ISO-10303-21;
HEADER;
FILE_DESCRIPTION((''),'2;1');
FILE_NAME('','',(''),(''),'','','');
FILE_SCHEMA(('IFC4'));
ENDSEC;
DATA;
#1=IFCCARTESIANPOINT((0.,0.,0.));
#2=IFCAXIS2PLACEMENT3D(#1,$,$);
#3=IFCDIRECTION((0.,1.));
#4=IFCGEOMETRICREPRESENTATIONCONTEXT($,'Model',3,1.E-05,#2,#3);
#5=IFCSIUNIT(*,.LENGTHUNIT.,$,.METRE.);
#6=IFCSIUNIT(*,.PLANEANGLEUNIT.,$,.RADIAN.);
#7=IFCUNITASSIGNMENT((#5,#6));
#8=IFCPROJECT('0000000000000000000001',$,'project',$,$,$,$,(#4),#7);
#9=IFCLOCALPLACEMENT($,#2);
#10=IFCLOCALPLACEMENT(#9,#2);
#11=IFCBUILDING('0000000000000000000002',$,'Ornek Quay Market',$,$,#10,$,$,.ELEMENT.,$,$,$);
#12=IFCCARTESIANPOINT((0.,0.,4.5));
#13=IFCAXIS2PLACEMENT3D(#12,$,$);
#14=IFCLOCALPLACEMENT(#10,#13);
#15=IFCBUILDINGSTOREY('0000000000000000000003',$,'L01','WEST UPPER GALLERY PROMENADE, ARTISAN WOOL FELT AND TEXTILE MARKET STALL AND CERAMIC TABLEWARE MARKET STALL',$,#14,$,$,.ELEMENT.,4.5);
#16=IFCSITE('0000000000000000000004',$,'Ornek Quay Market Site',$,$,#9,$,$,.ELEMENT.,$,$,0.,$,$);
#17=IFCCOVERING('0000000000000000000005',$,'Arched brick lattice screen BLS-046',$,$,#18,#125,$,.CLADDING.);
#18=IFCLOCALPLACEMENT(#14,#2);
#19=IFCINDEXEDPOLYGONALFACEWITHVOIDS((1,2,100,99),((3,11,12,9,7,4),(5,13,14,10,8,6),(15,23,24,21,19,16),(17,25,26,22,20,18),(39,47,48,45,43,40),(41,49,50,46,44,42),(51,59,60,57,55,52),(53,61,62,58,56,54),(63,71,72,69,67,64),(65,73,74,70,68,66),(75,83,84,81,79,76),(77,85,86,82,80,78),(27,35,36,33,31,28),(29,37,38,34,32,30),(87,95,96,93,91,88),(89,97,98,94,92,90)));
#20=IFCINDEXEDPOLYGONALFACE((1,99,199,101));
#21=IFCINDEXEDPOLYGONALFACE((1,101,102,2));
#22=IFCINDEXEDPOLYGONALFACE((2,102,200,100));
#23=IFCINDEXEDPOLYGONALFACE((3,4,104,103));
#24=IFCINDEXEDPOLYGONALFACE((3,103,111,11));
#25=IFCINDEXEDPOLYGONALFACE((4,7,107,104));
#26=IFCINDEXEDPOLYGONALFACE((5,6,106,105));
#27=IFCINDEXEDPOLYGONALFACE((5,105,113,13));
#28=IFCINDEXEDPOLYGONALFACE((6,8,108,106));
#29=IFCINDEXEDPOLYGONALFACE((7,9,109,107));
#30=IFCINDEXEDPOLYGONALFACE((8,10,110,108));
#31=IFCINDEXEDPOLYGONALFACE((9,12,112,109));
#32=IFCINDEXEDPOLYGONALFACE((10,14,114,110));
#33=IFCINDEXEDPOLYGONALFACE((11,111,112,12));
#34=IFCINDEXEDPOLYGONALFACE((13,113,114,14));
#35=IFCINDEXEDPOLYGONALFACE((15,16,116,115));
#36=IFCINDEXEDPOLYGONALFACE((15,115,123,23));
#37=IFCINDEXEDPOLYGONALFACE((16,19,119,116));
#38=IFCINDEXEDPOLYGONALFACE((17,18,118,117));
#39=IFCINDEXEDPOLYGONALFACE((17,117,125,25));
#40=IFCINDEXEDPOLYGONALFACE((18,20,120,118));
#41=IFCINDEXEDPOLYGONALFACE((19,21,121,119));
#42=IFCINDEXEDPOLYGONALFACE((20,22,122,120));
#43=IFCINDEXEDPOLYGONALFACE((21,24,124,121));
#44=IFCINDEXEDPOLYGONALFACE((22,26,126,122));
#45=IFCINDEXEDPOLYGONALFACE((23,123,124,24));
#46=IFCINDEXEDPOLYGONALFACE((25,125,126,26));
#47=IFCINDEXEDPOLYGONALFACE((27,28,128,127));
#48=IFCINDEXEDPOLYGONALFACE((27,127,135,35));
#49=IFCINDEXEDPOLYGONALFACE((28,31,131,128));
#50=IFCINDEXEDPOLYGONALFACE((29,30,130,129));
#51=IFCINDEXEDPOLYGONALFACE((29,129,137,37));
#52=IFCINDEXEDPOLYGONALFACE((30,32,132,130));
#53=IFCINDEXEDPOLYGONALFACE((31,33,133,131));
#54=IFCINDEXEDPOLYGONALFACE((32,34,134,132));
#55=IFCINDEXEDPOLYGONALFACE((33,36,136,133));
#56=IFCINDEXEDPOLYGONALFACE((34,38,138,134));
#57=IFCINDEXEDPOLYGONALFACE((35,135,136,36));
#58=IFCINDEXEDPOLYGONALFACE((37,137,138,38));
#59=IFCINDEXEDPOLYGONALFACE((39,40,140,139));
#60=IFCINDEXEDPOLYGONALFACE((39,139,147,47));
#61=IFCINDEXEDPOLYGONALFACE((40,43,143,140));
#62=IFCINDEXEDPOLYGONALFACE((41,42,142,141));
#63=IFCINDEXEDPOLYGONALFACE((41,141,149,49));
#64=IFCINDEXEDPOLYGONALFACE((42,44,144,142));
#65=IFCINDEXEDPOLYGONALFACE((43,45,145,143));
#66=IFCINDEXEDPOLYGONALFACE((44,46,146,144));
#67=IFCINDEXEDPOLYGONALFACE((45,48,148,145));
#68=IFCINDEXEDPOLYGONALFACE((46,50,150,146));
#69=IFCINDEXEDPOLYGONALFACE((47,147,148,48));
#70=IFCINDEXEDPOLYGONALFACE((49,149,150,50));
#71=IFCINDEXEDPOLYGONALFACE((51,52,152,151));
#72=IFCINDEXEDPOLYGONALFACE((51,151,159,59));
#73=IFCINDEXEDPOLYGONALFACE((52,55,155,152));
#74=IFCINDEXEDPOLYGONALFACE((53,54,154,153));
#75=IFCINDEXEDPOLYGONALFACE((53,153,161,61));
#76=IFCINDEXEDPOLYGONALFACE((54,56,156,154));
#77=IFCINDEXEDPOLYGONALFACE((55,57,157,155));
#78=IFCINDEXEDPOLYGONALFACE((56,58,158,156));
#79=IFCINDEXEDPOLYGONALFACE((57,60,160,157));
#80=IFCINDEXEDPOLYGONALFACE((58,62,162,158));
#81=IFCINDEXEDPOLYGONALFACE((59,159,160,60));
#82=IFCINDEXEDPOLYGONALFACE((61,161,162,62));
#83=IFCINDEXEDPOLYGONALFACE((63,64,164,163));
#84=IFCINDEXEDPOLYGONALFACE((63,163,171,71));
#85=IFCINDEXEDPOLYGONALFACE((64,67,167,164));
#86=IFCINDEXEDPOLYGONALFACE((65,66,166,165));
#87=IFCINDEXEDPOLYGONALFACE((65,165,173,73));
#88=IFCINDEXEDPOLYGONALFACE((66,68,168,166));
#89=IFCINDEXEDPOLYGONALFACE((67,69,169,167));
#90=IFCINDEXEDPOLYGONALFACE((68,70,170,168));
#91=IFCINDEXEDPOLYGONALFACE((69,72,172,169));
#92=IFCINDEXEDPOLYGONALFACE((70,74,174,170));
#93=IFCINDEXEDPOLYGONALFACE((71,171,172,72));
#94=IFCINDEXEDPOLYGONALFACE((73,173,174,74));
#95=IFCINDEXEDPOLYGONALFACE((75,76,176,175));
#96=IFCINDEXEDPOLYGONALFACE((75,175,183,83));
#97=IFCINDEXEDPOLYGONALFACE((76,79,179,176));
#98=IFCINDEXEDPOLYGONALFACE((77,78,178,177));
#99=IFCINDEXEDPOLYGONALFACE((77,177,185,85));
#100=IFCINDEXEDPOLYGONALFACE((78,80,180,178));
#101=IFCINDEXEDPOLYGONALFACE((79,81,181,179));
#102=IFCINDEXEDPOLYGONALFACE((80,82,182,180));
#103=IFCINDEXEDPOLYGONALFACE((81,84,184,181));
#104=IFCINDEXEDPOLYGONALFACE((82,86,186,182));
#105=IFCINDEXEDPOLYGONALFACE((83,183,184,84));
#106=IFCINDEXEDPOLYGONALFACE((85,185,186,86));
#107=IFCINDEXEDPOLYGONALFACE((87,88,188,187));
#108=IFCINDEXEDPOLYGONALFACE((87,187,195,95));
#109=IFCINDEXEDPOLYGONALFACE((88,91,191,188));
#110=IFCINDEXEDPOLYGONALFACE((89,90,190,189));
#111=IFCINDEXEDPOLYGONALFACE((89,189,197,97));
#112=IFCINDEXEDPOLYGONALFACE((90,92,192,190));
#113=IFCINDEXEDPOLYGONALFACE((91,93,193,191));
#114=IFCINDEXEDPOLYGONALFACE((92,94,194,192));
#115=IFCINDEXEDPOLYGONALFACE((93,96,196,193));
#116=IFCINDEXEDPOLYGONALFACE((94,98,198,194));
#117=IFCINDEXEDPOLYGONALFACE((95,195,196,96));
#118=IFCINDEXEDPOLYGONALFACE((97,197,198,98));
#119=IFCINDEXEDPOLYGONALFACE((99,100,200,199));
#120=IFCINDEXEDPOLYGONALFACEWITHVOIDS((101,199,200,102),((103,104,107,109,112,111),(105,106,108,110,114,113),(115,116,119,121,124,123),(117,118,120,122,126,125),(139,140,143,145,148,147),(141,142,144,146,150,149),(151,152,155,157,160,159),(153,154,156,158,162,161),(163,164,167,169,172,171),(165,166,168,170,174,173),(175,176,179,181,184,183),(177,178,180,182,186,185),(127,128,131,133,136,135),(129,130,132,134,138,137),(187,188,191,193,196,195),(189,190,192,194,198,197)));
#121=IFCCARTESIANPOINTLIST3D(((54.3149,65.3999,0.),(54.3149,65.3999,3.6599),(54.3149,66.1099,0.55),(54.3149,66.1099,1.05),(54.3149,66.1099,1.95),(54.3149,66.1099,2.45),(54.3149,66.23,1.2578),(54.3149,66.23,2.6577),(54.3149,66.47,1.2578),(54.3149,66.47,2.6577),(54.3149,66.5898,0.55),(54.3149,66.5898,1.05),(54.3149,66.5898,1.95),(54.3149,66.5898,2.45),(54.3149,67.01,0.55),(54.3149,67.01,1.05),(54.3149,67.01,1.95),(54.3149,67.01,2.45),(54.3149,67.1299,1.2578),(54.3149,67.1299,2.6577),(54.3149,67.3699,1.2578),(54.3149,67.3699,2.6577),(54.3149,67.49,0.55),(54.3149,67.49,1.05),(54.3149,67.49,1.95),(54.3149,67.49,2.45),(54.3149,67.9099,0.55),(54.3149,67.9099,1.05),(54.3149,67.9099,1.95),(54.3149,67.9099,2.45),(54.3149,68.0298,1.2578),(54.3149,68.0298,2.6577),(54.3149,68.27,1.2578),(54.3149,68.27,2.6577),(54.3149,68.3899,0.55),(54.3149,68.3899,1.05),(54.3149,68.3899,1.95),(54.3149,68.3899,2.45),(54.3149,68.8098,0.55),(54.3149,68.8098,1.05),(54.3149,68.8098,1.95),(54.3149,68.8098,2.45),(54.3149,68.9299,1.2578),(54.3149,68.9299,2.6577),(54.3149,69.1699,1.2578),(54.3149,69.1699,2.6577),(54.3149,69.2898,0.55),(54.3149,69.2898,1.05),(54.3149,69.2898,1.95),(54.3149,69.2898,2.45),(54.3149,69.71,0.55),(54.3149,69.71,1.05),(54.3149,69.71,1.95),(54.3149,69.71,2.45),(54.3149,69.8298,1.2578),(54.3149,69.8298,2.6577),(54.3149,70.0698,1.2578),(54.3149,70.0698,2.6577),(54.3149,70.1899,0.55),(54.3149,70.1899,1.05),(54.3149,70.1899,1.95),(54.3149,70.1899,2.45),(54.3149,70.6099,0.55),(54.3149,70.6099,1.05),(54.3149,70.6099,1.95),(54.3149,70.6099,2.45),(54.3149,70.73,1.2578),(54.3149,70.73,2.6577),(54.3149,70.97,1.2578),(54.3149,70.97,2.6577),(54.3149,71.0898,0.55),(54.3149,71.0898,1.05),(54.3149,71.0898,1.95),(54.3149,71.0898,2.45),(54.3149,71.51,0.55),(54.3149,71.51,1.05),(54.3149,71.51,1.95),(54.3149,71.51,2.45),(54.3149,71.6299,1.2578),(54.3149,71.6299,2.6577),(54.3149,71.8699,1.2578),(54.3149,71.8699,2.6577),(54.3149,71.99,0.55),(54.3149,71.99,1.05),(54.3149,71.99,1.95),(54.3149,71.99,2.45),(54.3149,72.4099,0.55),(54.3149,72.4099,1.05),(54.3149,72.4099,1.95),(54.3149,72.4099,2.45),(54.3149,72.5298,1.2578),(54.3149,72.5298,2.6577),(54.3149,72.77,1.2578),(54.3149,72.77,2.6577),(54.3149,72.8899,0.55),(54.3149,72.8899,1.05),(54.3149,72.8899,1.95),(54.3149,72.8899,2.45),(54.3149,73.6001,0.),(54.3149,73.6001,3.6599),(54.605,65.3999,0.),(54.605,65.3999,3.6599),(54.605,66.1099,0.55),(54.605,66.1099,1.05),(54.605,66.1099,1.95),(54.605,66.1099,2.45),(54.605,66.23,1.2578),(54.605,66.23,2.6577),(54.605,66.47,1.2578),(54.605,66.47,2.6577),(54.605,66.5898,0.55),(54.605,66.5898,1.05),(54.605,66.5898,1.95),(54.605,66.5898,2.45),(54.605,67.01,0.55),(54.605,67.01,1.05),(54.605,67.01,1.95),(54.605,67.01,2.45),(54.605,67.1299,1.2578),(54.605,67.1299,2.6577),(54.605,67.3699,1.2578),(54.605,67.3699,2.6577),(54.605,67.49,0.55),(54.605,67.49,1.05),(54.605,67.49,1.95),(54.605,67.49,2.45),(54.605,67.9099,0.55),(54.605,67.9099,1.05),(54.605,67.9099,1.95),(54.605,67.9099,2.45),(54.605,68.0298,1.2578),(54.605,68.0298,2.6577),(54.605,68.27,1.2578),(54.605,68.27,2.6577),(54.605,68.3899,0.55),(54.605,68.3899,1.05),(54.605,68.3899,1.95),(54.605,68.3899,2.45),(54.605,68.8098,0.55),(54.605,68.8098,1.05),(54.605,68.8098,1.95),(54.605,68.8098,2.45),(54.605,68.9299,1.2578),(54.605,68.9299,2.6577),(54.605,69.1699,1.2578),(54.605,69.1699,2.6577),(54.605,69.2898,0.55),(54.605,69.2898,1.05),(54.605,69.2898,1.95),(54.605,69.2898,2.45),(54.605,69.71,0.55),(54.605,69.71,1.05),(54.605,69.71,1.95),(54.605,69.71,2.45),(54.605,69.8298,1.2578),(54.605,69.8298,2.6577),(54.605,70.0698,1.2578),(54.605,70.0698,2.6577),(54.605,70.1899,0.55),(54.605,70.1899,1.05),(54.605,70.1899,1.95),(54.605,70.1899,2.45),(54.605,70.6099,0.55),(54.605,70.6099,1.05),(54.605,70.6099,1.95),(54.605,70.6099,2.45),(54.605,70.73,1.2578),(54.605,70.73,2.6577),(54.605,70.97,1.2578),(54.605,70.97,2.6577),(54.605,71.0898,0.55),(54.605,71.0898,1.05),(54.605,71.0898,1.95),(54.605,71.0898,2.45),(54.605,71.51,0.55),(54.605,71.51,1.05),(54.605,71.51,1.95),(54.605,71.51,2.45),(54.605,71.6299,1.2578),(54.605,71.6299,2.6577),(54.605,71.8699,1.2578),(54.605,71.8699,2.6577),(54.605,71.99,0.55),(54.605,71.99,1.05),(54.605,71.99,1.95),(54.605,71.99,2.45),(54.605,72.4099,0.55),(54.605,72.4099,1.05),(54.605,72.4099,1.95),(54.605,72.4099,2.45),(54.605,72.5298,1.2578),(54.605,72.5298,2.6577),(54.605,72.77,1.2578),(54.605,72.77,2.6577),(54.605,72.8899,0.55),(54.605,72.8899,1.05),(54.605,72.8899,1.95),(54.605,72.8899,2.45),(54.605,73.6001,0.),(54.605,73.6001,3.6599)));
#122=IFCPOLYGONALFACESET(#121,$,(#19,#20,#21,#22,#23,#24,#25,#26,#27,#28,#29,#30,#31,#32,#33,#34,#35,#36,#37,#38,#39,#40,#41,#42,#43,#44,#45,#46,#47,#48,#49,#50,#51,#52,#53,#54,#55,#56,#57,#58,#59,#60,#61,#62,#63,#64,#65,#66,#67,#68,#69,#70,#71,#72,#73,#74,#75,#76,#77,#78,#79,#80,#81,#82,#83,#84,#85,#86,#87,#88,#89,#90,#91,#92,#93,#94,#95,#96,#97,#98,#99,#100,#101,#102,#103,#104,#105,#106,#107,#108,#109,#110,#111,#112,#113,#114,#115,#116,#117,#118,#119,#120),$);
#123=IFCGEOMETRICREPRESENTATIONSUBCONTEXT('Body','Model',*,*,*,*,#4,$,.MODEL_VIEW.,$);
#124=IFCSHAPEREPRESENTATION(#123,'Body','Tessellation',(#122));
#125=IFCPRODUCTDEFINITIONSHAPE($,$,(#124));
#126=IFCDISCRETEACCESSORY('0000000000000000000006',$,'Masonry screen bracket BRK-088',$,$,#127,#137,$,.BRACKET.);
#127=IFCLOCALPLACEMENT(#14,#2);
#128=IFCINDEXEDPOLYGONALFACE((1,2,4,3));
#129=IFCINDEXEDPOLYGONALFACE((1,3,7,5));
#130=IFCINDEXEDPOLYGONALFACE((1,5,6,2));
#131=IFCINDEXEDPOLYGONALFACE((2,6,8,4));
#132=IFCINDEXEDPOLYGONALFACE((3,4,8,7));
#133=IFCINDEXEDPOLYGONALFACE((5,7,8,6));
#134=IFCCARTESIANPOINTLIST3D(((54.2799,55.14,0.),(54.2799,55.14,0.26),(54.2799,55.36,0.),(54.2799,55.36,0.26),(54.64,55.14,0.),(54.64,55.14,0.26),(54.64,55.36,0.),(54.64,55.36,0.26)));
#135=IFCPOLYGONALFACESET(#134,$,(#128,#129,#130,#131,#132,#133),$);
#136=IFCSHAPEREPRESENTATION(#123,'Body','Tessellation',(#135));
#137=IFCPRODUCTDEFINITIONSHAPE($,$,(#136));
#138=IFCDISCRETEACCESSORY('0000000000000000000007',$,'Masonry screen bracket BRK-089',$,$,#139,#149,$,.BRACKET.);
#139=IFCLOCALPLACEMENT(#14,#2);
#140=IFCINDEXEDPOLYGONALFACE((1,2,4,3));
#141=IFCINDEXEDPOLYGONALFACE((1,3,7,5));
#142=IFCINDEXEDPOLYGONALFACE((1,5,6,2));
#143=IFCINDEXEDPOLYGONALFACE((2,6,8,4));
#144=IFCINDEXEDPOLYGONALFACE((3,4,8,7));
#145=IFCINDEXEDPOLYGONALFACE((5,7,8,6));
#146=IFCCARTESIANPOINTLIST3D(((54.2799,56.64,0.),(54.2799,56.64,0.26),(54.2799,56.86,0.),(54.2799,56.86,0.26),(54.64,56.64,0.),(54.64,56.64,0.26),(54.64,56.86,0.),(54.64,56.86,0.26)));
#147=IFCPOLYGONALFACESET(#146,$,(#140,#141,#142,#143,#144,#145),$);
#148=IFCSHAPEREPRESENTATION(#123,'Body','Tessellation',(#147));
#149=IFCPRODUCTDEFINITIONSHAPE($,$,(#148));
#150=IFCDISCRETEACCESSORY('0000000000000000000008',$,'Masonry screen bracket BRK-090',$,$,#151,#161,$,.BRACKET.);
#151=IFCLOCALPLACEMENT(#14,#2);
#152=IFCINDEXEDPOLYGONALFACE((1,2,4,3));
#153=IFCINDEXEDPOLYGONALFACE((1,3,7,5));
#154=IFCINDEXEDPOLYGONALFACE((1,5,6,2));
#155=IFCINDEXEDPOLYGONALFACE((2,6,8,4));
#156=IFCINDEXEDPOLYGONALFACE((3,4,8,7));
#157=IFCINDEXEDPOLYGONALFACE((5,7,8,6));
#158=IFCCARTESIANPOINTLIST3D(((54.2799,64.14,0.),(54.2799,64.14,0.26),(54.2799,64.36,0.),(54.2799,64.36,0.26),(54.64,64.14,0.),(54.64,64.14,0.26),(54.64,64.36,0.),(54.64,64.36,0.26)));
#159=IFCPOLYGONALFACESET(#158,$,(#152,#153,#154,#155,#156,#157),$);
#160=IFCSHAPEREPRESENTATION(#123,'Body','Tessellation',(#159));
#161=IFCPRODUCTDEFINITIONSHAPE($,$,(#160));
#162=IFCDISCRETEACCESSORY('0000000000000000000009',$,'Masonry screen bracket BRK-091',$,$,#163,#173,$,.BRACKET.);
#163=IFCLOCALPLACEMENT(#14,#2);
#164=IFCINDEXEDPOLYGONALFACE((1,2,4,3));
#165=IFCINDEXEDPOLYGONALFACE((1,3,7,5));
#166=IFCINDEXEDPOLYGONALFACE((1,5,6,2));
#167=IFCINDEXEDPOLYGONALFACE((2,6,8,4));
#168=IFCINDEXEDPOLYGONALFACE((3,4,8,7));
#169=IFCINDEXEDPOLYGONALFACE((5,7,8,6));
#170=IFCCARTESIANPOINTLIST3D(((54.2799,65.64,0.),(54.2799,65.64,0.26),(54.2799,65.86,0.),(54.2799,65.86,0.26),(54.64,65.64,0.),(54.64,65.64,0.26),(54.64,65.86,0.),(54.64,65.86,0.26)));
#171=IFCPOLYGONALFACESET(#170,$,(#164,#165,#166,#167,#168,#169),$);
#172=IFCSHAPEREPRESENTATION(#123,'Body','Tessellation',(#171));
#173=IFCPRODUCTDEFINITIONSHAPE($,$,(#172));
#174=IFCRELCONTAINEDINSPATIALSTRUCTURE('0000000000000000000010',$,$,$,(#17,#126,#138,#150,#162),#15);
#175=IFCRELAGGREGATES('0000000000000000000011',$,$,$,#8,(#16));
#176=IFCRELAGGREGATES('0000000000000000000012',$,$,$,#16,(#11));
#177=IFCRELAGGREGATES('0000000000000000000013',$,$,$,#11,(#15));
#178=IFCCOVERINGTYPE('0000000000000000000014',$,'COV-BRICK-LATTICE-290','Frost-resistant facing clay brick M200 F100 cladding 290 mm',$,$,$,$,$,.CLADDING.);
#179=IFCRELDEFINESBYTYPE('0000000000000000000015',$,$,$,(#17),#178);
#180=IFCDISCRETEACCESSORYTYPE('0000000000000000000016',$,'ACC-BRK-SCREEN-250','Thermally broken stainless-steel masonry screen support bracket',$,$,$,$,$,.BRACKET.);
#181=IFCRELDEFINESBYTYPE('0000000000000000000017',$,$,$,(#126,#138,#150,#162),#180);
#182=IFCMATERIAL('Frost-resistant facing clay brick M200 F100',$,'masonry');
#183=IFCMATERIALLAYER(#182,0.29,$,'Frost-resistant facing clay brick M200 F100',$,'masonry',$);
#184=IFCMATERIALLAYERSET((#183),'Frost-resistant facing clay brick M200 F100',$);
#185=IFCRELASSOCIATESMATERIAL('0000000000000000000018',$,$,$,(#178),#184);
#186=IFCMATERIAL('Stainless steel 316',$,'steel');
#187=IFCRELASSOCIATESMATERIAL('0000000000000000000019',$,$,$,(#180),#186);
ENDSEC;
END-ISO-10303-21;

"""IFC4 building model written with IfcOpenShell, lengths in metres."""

from ifc_helpers import new_model, si_unit, direction, frame, origin, origin_2d, place, context, subcontext, project, spatial, polyline, rectangle, outline, extrude, material, layer, layer_set, type_object, element, save


model = new_model("IFC4")

# Units and contexts
model_context = context("Model", 3, precision=1e-05, world=origin(), true_north=direction((0.0, 1.0)))
body_context = subcontext(model_context, "Body", "Model", "MODEL_VIEW")
ifc_project = project(units=[si_unit("LENGTHUNIT", "METRE"), si_unit("PLANEANGLEUNIT", "RADIAN")], contexts=[model_context])

# Site, building, storey
site_placement = place(None, origin())
site = spatial("IfcSite", under=ifc_project, at=site_placement, Name="Ornek Quay Market Site", CompositionType="ELEMENT", RefElevation=0.0)
building_placement = place(site_placement, origin())
building = spatial("IfcBuilding", under=site, at=building_placement, Name="Ornek Quay Market", CompositionType="ELEMENT")
storey_placement = place(building_placement, frame((0.0, 0.0, 4.5)))
storey = spatial("IfcBuildingStorey", under=building, at=storey_placement, Name="L01", Description="WEST UPPER GALLERY PROMENADE, ARTISAN WOOL FELT AND TEXTILE MARKET STALL AND CERAMIC TABLEWARE MARKET STALL", CompositionType="ELEMENT", Elevation=4.5)

# Shared definitions
ifc_material_1 = material(Name="Frost-resistant facing clay brick M200 F100", Category="masonry")

# Covering
ifc_layer_1 = layer(ifc_material_1, 0.29, Name="Frost-resistant facing clay brick M200 F100", Category="masonry")
ifc_layer_set_1 = layer_set([ifc_layer_1], Name="Frost-resistant facing clay brick M200 F100")
covering_type = type_object("IfcCoveringType", Name="COV-BRICK-LATTICE-290", Description="Frost-resistant facing clay brick M200 F100 cladding 290 mm", PredefinedType="CLADDING", material=ifc_layer_set_1)
covering_1_placement = place(storey_placement, frame((54.46, 65.3999, 0.0), z_axis=(0.0, 0.0, 1.0), x_axis=(0.0, 1.0, 0.0)))
element("IfcCovering", 1, at=covering_1_placement, inside=storey, type_object=covering_type, Name="Arched brick lattice screen BLS-046", PredefinedType="CLADDING", context=body_context, shape_type="SweptSolid", body=[
    extrude(outline(polyline([(0.0, 0.0), (8.2002, 0.0), (8.2002, 3.6599), (0.0, 3.6599), (0.0, 0.0)]), holes=[polyline([(0.71, 0.55), (1.1899, 0.55), (1.1899, 1.05), (1.0701, 1.2578), (0.8301, 1.2578), (0.71, 1.05), (0.71, 0.55)]), polyline([(0.71, 1.95), (1.1899, 1.95), (1.1899, 2.45), (1.0701, 2.6577), (0.8301, 2.6577), (0.71, 2.45), (0.71, 1.95)]), polyline([(1.6101, 0.55), (2.0901, 0.55), (2.0901, 1.05), (1.97, 1.2578), (1.73, 1.2578), (1.6101, 1.05), (1.6101, 0.55)]), polyline([(1.6101, 1.95), (2.0901, 1.95), (2.0901, 2.45), (1.97, 2.6577), (1.73, 2.6577), (1.6101, 2.45), (1.6101, 1.95)]), polyline([(2.51, 0.55), (2.99, 0.55), (2.99, 1.05), (2.8701, 1.2578), (2.6299, 1.2578), (2.51, 1.05), (2.51, 0.55)]), polyline([(2.51, 1.95), (2.99, 1.95), (2.99, 2.45), (2.8701, 2.6577), (2.6299, 2.6577), (2.51, 2.45), (2.51, 1.95)]), polyline([(3.4099, 0.55), (3.8899, 0.55), (3.8899, 1.05), (3.77, 1.2578), (3.53, 1.2578), (3.4099, 1.05), (3.4099, 0.55)]), polyline([(3.4099, 1.95), (3.8899, 1.95), (3.8899, 2.45), (3.77, 2.6577), (3.53, 2.6577), (3.4099, 2.45), (3.4099, 1.95)]), polyline([(4.3101, 0.55), (4.79, 0.55), (4.79, 1.05), (4.6699, 1.2578), (4.4299, 1.2578), (4.3101, 1.05), (4.3101, 0.55)]), polyline([(4.3101, 1.95), (4.79, 1.95), (4.79, 2.45), (4.6699, 2.6577), (4.4299, 2.6577), (4.3101, 2.45), (4.3101, 1.95)]), polyline([(5.21, 0.55), (5.6899, 0.55), (5.6899, 1.05), (5.5701, 1.2578), (5.3301, 1.2578), (5.21, 1.05), (5.21, 0.55)]), polyline([(5.21, 1.95), (5.6899, 1.95), (5.6899, 2.45), (5.5701, 2.6577), (5.3301, 2.6577), (5.21, 2.45), (5.21, 1.95)]), polyline([(6.1101, 0.55), (6.5901, 0.55), (6.5901, 1.05), (6.47, 1.2578), (6.23, 1.2578), (6.1101, 1.05), (6.1101, 0.55)]), polyline([(6.1101, 1.95), (6.5901, 1.95), (6.5901, 2.45), (6.47, 2.6577), (6.23, 2.6577), (6.1101, 2.45), (6.1101, 1.95)]), polyline([(7.01, 0.55), (7.49, 0.55), (7.49, 1.05), (7.3701, 1.2578), (7.1299, 1.2578), (7.01, 1.05), (7.01, 0.55)]), polyline([(7.01, 1.95), (7.49, 1.95), (7.49, 2.45), (7.3701, 2.6577), (7.1299, 2.6577), (7.01, 2.45), (7.01, 1.95)])]), frame((0.0, 0.145, 0.0), z_axis=(0.0, -1.0, 0.0), x_axis=(1.0, 0.0, 0.0)), (0.0, 0.0, 1.0), 0.29),
])

# Discrete accessories
ifc_material_2 = material(Name="Stainless steel 316", Category="steel")
discrete_accessory_type = type_object("IfcDiscreteAccessoryType", Name="ACC-BRK-SCREEN-250", Description="Thermally broken stainless-steel masonry screen support bracket", PredefinedType="BRACKET", material=ifc_material_2)
for number, where, z_axis, x_axis, name in (
    (2, (54.46, 55.25, 0.0), (0.0, 0.0, 1.0), (0.0, 1.0, 0.0), "Masonry screen bracket BRK-088"),
    (3, (54.46, 56.75, 0.0), (0.0, 0.0, 1.0), (0.0, 1.0, 0.0), "Masonry screen bracket BRK-089"),
    (4, (54.46, 64.25, 0.0), (0.0, 0.0, 1.0), (0.0, 1.0, 0.0), "Masonry screen bracket BRK-090"),
    (5, (54.46, 65.75, 0.0), (0.0, 0.0, 1.0), (0.0, 1.0, 0.0), "Masonry screen bracket BRK-091"),
):
    element("IfcDiscreteAccessory", number, at=place(storey_placement, frame(where, z_axis=z_axis, x_axis=x_axis)), inside=storey, type_object=discrete_accessory_type, Name=name, PredefinedType="BRACKET", context=body_context, shape_type="SweptSolid", body=[
        extrude(rectangle(XDim=0.22, YDim=0.3601, at=origin_2d()), origin(), (0.0, 0.0, 1.0), 0.26),
    ])

save(model, "model.ifc")
